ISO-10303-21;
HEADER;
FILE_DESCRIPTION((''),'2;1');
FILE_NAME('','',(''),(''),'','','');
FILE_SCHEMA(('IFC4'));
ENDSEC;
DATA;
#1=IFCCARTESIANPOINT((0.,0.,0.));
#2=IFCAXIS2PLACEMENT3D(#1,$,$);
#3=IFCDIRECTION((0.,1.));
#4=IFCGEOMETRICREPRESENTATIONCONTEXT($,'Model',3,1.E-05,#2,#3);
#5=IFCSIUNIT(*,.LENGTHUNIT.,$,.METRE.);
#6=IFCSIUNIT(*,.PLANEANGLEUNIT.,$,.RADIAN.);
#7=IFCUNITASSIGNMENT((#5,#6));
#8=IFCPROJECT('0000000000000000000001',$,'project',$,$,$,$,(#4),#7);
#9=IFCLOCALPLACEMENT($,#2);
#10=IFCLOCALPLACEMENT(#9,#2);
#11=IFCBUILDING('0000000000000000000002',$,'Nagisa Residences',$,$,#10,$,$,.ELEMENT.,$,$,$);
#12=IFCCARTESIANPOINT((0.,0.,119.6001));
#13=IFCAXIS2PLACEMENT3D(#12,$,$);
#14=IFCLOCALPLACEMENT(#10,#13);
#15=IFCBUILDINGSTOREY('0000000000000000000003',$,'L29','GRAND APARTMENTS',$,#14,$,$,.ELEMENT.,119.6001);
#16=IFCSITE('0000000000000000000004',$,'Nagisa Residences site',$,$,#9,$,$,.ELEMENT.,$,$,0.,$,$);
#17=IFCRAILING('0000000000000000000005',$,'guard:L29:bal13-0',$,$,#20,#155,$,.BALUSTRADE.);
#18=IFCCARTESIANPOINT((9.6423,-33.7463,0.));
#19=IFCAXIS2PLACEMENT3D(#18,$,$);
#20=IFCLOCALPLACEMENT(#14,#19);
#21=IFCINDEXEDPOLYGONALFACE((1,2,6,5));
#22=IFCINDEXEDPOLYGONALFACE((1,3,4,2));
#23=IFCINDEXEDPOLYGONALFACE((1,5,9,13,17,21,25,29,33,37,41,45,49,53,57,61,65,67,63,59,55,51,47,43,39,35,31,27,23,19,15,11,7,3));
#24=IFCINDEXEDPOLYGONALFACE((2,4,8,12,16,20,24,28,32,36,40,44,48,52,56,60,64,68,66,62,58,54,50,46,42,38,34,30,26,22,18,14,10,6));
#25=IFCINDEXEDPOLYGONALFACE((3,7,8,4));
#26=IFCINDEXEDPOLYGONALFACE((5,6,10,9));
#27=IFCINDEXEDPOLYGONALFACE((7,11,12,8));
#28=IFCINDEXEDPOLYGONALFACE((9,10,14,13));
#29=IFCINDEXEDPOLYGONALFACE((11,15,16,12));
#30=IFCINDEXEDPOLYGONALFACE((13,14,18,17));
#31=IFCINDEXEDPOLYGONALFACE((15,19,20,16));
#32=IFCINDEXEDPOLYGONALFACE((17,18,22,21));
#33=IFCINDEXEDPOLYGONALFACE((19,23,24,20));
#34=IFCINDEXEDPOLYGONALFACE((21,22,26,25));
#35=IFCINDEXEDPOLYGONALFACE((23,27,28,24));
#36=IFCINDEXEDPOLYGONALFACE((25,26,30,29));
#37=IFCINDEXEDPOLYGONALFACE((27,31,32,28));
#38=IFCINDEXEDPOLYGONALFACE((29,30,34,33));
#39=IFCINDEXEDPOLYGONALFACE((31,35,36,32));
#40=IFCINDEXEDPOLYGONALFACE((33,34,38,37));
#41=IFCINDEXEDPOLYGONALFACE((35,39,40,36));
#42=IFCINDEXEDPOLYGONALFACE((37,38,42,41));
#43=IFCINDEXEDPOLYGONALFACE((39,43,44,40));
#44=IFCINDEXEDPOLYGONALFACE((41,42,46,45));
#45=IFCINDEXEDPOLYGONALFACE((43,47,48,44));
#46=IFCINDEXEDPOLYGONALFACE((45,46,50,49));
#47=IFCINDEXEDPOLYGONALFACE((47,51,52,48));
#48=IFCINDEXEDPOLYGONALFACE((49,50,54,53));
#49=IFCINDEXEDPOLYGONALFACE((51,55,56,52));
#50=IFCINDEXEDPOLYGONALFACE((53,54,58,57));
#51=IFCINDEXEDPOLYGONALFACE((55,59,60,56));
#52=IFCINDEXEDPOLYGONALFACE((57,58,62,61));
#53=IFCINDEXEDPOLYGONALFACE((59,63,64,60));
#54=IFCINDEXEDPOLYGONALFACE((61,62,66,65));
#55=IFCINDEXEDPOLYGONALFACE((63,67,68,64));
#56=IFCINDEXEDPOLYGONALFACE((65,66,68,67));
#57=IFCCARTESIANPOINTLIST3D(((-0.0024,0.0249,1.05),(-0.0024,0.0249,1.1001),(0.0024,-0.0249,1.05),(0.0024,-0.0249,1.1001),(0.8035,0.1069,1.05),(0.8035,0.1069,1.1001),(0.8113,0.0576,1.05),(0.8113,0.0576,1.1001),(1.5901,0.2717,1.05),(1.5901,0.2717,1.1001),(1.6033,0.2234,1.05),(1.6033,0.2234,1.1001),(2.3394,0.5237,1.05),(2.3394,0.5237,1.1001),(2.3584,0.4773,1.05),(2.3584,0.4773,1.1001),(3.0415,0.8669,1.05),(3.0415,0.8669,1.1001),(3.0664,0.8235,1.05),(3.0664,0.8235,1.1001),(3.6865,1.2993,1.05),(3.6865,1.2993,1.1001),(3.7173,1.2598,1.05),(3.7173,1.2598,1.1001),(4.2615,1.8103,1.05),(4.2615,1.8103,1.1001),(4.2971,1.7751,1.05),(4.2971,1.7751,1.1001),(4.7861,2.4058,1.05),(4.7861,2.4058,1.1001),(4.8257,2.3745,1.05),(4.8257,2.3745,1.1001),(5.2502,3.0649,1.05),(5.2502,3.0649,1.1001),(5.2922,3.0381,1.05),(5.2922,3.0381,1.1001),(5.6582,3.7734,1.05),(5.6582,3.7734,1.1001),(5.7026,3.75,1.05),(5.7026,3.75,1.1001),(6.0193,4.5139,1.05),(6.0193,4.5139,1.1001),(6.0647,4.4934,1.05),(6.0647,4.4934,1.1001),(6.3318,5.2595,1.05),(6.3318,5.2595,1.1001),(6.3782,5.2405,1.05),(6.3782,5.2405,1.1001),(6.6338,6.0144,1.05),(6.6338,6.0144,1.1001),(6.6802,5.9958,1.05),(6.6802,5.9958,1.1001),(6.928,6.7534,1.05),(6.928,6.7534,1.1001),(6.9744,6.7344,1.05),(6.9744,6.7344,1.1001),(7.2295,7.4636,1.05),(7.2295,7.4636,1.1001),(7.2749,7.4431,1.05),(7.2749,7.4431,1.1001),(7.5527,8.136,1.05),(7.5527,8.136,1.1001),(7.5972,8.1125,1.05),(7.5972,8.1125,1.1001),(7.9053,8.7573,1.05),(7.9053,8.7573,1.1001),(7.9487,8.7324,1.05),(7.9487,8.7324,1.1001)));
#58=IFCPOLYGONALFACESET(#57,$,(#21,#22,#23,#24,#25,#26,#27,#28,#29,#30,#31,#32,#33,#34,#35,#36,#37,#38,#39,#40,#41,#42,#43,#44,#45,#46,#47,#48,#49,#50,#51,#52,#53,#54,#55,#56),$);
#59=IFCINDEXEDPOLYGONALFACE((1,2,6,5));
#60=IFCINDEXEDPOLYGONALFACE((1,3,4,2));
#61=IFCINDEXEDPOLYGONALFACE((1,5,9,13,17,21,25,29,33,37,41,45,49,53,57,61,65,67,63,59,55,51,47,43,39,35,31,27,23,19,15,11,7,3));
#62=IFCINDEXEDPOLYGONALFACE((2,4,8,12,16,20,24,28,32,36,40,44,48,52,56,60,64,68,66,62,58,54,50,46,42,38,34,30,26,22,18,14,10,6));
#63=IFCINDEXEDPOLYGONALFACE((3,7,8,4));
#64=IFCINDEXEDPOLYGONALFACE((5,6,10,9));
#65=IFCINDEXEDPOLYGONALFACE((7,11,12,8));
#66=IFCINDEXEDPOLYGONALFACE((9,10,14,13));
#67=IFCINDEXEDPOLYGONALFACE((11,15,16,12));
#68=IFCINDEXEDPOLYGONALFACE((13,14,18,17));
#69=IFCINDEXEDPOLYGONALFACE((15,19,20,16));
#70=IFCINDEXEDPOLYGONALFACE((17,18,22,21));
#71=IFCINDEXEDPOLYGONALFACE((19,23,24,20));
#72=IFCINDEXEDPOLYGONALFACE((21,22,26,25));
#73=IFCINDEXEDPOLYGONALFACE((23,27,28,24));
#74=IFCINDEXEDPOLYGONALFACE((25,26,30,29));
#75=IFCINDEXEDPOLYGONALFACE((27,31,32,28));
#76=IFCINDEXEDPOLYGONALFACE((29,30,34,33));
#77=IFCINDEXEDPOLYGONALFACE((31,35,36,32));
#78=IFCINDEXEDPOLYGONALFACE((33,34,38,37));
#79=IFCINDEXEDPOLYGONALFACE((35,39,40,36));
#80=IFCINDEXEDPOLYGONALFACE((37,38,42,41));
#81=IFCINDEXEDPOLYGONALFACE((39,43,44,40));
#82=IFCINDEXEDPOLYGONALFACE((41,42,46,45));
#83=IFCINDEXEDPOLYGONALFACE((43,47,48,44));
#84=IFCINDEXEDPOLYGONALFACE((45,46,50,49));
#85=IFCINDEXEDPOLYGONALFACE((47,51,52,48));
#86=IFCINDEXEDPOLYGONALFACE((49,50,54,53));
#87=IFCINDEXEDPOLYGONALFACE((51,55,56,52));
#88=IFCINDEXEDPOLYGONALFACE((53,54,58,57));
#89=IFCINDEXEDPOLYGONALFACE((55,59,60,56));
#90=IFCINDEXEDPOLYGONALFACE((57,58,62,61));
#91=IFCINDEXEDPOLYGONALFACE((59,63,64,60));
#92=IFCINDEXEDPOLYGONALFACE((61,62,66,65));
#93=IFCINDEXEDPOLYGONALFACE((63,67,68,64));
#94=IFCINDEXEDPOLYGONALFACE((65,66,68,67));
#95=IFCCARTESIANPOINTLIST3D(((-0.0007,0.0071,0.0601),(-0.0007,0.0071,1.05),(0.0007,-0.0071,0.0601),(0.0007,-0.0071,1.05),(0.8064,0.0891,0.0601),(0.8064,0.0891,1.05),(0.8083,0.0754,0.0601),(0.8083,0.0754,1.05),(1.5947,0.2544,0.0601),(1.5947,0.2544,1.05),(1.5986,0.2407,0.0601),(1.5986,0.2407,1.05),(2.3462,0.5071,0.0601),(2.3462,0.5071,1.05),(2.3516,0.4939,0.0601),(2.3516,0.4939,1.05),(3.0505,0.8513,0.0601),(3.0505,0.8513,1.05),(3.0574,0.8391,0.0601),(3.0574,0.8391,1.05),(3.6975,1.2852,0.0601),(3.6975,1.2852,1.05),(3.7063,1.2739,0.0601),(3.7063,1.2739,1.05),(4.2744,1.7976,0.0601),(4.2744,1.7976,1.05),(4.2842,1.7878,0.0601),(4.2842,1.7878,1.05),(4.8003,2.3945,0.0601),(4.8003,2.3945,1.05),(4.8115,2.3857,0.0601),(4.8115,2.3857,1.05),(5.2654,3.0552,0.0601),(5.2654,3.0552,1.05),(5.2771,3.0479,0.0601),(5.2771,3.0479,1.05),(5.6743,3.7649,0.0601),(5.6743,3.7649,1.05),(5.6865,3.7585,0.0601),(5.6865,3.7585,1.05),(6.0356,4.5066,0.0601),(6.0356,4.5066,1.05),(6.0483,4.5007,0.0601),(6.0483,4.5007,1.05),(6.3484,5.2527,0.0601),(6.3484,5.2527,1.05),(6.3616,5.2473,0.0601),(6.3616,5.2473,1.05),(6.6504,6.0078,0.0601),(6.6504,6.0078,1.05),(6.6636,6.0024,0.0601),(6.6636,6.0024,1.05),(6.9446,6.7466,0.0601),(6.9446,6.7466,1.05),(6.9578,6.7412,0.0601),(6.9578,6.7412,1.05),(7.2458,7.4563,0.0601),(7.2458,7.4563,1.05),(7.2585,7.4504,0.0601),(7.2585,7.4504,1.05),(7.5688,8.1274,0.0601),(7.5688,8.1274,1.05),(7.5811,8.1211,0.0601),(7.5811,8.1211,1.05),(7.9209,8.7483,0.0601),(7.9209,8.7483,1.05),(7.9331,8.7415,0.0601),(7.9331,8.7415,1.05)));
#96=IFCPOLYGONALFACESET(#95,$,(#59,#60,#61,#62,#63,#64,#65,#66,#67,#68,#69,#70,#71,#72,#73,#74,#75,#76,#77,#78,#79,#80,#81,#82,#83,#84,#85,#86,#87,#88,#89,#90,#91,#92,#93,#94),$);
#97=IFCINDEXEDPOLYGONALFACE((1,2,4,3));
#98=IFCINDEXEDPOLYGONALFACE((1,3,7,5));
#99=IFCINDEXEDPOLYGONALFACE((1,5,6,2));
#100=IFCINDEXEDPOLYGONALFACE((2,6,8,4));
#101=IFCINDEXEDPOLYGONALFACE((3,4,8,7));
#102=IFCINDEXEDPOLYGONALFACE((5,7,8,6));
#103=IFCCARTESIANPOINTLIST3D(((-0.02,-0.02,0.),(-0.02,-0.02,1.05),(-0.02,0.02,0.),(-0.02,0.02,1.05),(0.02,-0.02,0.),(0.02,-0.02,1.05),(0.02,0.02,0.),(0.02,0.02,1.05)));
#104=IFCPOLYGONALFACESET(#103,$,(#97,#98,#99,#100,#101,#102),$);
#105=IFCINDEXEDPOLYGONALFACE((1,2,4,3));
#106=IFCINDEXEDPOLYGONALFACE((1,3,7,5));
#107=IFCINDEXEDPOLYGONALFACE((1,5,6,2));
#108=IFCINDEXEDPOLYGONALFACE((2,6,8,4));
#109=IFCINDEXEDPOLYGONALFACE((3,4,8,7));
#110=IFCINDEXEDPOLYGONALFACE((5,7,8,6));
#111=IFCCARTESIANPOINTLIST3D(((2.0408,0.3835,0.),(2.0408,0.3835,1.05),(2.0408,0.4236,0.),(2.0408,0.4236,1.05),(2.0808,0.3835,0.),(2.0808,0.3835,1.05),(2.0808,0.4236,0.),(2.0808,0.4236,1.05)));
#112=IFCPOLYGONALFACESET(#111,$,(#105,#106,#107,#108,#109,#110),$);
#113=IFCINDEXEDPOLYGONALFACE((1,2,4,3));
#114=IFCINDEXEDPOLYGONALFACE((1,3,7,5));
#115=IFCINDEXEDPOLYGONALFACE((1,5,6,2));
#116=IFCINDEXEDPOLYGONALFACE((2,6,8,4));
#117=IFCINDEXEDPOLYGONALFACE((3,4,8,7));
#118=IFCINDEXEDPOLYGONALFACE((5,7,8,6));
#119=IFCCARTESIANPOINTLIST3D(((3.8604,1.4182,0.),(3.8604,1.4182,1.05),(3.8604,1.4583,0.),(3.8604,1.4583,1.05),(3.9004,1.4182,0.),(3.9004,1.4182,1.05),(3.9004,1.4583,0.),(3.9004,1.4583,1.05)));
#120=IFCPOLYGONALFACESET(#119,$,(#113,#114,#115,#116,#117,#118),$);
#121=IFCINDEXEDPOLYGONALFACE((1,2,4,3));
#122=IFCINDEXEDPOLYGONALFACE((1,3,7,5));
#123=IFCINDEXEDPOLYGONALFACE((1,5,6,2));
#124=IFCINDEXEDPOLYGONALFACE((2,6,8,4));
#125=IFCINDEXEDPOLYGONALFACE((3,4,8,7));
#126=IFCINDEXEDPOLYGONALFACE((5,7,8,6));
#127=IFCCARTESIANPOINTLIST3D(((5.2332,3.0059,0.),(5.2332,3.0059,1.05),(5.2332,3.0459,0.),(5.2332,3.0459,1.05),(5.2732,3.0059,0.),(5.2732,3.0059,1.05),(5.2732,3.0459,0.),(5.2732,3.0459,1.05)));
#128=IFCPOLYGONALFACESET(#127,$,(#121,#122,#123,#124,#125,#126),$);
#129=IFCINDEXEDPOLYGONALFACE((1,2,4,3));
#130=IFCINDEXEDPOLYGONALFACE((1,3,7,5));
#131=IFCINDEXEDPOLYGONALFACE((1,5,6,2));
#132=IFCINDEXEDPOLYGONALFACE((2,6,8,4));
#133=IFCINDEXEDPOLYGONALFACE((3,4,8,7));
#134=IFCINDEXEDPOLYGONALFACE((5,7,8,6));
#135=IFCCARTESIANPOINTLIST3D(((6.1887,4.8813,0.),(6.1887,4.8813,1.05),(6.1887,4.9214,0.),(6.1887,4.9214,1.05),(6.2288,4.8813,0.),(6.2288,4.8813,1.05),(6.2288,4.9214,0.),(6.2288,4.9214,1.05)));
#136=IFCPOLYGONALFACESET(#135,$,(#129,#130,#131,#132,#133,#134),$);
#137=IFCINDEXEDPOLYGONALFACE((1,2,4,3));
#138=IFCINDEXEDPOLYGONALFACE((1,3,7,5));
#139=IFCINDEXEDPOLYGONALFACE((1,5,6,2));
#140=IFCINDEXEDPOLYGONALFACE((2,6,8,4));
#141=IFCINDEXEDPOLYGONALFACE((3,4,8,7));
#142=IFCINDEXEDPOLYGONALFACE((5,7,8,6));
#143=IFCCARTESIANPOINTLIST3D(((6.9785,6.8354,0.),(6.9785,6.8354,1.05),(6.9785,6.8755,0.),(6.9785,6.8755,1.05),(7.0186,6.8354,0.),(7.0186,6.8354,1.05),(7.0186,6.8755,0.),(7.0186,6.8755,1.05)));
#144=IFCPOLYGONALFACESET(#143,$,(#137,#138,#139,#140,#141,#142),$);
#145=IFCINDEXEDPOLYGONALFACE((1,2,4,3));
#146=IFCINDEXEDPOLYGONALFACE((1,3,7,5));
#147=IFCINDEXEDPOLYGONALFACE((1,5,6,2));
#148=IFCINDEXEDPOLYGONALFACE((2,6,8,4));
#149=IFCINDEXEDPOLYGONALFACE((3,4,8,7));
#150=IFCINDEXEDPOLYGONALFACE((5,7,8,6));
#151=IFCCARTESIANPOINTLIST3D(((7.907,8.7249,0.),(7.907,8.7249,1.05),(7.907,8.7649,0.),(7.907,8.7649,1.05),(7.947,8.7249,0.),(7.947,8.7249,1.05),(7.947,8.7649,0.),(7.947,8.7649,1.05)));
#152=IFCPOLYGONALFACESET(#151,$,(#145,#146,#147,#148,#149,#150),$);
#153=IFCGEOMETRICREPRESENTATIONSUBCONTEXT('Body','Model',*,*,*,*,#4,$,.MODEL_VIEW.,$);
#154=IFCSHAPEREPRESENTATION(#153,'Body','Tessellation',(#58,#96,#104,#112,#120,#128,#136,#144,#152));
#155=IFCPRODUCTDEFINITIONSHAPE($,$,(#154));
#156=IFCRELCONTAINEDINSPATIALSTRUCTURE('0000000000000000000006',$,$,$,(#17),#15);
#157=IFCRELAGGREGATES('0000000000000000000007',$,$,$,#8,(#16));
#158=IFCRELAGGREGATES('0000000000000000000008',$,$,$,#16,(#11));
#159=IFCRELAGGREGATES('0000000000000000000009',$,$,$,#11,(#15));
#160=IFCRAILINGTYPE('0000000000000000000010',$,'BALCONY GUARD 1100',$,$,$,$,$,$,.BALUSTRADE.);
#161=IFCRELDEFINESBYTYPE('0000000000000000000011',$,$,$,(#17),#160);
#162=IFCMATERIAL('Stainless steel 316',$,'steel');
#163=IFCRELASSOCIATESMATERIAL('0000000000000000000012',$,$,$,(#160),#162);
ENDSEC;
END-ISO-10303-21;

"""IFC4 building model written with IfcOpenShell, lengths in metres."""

from ifc_helpers import new_model, si_unit, direction, frame, origin, origin_2d, place, context, subcontext, project, spatial, polyline, rectangle, outline, extrude, material, type_object, element, save


model = new_model("IFC4")

# Units and contexts
model_context = context("Model", 3, precision=1e-05, world=origin(), true_north=direction((0.0, 1.0)))
body_context = subcontext(model_context, "Body", "Model", "MODEL_VIEW")
ifc_project = project(units=[si_unit("LENGTHUNIT", "METRE"), si_unit("PLANEANGLEUNIT", "RADIAN")], contexts=[model_context])

# Site, building, storey
site_placement = place(None, origin())
site = spatial("IfcSite", under=ifc_project, at=site_placement, Name="Nagisa Residences site", CompositionType="ELEMENT", RefElevation=0.0)
building_placement = place(site_placement, origin())
building = spatial("IfcBuilding", under=site, at=building_placement, Name="Nagisa Residences", CompositionType="ELEMENT")
storey_placement = place(building_placement, frame((0.0, 0.0, 119.6001)))
storey = spatial("IfcBuildingStorey", under=building, at=storey_placement, Name="L29", Description="GRAND APARTMENTS", CompositionType="ELEMENT", Elevation=119.6001)

# Railing
ifc_material_1 = material(Name="Stainless steel 316", Category="steel")
railing_type = type_object("IfcRailingType", Name="BALCONY GUARD 1100", PredefinedType="BALUSTRADE", material=ifc_material_1)
railing_placement = place(storey_placement, frame((9.6423, -33.7463, 0.0)))
element("IfcRailing", 1, at=railing_placement, inside=storey, type_object=railing_type, Name="guard:L29:bal13-0", PredefinedType="BALUSTRADE", context=body_context, shape_type="SweptSolid", body=[
    extrude(outline(polyline([(0.8035, 0.1069), (-0.0024, 0.0249), (0.0024, -0.0249), (0.8113, 0.0576), (1.6033, 0.2234), (2.3584, 0.4773), (3.0664, 0.8235), (3.7173, 1.2598), (4.2971, 1.7751), (4.8257, 2.3745), (5.2922, 3.0381), (5.7026, 3.75), (6.0647, 4.4934), (6.3782, 5.2405), (6.6802, 5.9958), (6.9744, 6.7344), (7.2749, 7.4431), (7.5972, 8.1125), (7.9487, 8.7324), (7.9053, 8.7573), (7.5527, 8.136), (7.2295, 7.4636), (6.928, 6.7534), (6.6338, 6.0144), (6.3318, 5.2595), (6.0193, 4.5139), (5.6582, 3.7734), (5.2502, 3.0649), (4.7861, 2.4058), (4.2615, 1.8103), (3.6865, 1.2993), (3.0415, 0.8669), (2.3394, 0.5237), (1.5901, 0.2717), (0.8035, 0.1069)])), frame((0.0, 0.0, 1.05)), (0.0, 0.0, 1.0), 0.05),
    extrude(outline(polyline([(0.8064, 0.0891), (-0.0007, 0.0071), (0.0007, -0.0071), (0.8083, 0.0754), (1.5986, 0.2407), (2.3516, 0.4939), (3.0574, 0.8391), (3.7063, 1.2739), (4.2842, 1.7878), (4.8115, 2.3857), (5.2771, 3.0479), (5.6865, 3.7585), (6.0483, 4.5007), (6.3616, 5.2473), (6.6636, 6.0024), (6.9578, 6.7412), (7.2585, 7.4504), (7.5811, 8.1211), (7.9331, 8.7415), (7.9209, 8.7483), (7.5688, 8.1274), (7.2458, 7.4563), (6.9446, 6.7466), (6.6504, 6.0078), (6.3484, 5.2527), (6.0356, 4.5066), (5.6743, 3.7649), (5.2654, 3.0552), (4.8003, 2.3945), (4.2744, 1.7976), (3.6975, 1.2852), (3.0505, 0.8513), (2.3462, 0.5071), (1.5947, 0.2544), (0.8064, 0.0891)])), frame((0.0, 0.0, 0.0601)), (0.0, 0.0, 1.0), 0.99),
    extrude(rectangle(XDim=0.04, YDim=0.04, at=origin_2d()), origin(), (0.0, 0.0, 1.0), 1.05),
    extrude(rectangle(XDim=0.04, YDim=0.04, at=origin_2d()), frame((2.0608, 0.4036, 0.0)), (0.0, 0.0, 1.0), 1.05),
    extrude(rectangle(XDim=0.04, YDim=0.04, at=origin_2d()), frame((3.8804, 1.4382, 0.0)), (0.0, 0.0, 1.0), 1.05),
    extrude(rectangle(XDim=0.04, YDim=0.04, at=origin_2d()), frame((5.2532, 3.0259, 0.0)), (0.0, 0.0, 1.0), 1.05),
    extrude(rectangle(XDim=0.04, YDim=0.04, at=origin_2d()), frame((6.2087, 4.9014, 0.0)), (0.0, 0.0, 1.0), 1.05),
    extrude(rectangle(XDim=0.04, YDim=0.04, at=origin_2d()), frame((6.9985, 6.8555, 0.0)), (0.0, 0.0, 1.0), 1.05),
    extrude(rectangle(XDim=0.04, YDim=0.04, at=origin_2d()), frame((7.927, 8.7449, 0.0)), (0.0, 0.0, 1.0), 1.05),
])

save(model, "model.ifc")
